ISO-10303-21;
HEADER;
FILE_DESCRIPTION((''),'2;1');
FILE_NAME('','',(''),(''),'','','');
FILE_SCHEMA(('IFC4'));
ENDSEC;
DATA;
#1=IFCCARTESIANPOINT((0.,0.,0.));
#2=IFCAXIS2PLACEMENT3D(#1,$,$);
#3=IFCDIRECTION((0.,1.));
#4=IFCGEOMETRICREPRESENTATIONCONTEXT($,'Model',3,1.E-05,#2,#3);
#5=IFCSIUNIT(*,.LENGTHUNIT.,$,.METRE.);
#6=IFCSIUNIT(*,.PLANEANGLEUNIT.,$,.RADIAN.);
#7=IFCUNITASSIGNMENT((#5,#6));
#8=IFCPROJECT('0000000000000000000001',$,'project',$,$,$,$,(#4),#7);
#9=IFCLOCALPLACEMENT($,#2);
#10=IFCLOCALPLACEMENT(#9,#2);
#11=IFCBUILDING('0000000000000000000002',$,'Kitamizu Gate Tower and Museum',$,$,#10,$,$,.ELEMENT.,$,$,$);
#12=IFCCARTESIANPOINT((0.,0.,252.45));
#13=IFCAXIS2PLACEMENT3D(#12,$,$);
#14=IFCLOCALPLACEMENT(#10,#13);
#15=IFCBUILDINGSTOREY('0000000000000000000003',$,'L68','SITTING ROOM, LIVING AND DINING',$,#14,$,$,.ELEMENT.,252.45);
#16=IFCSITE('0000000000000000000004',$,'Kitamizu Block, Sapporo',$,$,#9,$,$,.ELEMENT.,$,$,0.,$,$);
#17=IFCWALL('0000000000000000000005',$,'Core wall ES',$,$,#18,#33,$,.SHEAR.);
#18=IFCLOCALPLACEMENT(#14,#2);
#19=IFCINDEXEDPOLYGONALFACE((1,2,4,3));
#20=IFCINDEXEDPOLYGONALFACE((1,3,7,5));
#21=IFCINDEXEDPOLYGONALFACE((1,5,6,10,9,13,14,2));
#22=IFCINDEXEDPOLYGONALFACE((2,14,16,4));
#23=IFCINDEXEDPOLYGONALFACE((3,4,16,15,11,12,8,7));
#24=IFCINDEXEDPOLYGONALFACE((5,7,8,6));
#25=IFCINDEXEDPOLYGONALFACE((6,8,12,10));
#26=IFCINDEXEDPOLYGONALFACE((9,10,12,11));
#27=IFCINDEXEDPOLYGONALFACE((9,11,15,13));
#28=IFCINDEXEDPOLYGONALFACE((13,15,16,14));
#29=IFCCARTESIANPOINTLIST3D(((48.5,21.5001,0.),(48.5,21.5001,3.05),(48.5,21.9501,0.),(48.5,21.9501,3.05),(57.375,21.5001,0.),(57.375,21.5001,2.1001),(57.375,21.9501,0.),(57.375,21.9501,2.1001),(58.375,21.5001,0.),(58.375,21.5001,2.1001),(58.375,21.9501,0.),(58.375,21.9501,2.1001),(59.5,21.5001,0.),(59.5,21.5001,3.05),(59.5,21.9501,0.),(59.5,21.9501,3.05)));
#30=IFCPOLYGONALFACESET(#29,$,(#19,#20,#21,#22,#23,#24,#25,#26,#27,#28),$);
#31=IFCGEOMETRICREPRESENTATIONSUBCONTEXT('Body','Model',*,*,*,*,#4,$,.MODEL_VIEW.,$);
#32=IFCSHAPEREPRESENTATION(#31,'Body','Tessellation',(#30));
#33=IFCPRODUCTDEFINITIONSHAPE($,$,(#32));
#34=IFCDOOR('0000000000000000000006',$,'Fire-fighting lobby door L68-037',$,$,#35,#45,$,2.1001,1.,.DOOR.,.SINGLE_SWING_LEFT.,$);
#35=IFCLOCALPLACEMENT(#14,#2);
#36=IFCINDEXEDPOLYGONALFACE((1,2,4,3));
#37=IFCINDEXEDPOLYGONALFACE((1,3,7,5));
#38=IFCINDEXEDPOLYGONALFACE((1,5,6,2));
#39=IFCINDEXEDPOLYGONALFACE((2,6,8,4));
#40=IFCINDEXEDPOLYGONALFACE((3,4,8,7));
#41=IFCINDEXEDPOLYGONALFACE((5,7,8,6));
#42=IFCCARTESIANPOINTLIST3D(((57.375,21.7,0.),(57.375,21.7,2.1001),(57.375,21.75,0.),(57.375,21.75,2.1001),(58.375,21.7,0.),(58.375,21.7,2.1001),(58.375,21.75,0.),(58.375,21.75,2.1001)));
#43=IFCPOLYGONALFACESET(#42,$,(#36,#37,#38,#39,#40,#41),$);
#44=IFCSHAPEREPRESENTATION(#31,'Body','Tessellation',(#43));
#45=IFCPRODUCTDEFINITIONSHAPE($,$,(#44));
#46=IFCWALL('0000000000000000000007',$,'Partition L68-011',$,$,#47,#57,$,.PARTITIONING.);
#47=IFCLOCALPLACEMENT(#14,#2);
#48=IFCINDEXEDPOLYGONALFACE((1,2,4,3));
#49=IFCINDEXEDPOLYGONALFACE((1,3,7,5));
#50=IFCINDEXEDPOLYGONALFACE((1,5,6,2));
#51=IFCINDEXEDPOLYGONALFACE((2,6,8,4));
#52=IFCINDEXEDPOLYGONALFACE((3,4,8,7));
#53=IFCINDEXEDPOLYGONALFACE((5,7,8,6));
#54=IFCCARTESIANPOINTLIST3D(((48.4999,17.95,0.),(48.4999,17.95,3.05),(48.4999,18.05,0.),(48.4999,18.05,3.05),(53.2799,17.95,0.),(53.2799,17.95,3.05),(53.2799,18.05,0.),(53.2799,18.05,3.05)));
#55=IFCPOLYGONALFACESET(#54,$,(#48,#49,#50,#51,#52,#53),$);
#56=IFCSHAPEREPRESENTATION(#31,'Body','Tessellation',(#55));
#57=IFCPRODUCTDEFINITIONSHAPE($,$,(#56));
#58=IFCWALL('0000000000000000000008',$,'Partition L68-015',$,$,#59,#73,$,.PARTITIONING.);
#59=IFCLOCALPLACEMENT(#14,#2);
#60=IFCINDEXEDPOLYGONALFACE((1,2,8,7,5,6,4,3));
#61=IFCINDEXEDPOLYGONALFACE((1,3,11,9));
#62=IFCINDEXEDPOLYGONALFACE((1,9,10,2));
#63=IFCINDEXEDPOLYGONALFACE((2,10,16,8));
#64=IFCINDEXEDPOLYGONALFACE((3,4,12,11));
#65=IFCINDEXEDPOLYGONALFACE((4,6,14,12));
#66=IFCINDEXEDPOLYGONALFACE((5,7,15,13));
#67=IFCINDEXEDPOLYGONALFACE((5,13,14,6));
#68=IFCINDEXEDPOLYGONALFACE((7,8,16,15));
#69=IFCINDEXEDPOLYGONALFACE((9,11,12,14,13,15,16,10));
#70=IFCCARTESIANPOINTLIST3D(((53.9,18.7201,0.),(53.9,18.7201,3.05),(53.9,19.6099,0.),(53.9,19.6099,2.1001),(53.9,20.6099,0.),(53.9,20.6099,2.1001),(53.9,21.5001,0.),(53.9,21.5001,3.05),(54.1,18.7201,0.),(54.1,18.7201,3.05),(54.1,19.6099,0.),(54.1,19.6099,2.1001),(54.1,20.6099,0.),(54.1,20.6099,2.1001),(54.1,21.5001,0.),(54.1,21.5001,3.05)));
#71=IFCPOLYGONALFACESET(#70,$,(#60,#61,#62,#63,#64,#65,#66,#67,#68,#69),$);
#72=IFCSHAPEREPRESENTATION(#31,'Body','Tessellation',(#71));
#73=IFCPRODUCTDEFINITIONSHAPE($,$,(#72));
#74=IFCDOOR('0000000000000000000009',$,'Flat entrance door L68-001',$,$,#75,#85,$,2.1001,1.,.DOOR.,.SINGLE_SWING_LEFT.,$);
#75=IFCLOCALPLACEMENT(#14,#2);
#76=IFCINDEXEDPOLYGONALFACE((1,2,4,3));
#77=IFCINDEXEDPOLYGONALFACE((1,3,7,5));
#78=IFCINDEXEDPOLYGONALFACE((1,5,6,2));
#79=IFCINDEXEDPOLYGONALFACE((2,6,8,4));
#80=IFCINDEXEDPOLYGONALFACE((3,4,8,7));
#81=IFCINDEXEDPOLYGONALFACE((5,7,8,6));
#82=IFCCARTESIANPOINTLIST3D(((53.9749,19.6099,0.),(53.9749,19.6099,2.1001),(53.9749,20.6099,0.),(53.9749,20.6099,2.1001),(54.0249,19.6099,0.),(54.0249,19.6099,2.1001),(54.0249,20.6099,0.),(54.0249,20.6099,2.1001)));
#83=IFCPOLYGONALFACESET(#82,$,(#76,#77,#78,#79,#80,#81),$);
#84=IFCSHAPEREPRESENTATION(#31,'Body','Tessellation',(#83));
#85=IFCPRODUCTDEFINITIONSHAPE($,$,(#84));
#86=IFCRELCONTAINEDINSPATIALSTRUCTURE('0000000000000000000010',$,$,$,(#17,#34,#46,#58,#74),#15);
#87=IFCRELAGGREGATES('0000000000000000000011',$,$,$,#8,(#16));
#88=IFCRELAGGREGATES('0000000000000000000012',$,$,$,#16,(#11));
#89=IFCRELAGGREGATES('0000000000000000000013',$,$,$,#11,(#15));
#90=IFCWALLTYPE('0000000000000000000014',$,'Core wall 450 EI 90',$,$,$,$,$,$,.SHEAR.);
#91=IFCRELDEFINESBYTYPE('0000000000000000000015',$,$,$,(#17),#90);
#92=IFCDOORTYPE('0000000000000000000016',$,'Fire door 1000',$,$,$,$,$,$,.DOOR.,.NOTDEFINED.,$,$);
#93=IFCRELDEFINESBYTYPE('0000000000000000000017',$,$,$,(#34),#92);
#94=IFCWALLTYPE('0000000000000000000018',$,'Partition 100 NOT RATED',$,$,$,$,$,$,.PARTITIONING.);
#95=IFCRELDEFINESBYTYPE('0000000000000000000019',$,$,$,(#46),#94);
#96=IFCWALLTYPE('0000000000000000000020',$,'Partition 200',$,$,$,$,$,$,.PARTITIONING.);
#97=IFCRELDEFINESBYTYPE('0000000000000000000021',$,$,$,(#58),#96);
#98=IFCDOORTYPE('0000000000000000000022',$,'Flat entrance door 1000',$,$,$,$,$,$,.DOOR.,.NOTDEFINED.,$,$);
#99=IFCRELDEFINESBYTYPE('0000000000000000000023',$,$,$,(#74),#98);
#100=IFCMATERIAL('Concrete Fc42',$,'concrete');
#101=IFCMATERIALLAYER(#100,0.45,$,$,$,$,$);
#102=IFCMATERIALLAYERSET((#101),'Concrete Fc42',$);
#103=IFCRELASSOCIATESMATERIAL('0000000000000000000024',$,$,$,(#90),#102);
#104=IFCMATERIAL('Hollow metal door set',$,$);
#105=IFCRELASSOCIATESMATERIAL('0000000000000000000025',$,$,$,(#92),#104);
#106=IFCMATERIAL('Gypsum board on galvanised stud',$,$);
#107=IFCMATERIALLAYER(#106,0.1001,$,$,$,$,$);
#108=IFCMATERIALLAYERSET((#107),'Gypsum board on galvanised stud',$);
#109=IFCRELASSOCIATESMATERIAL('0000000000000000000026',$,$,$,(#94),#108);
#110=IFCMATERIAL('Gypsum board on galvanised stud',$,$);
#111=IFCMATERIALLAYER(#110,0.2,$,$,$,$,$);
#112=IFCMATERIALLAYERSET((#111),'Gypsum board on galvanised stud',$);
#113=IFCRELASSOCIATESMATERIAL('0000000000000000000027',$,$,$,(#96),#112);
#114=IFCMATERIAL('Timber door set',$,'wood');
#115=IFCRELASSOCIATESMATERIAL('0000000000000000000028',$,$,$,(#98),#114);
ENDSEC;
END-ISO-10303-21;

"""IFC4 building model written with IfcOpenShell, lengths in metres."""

from ifc_helpers import new_model, si_unit, direction, frame, frame_2d, origin, place, context, subcontext, project, spatial, rectangle, extrude, material, layer, layer_set, type_object, element, fill, save


model = new_model("IFC4")

# Units and contexts
model_context = context("Model", 3, precision=1e-05, world=origin(), true_north=direction((0.0, 1.0)))
body_context = subcontext(model_context, "Body", "Model", "MODEL_VIEW")
ifc_project = project(units=[si_unit("LENGTHUNIT", "METRE"), si_unit("PLANEANGLEUNIT", "RADIAN")], contexts=[model_context])

# Site, building, storey
site_placement = place(None, origin())
site = spatial("IfcSite", under=ifc_project, at=site_placement, Name="Kitamizu Block, Sapporo", CompositionType="ELEMENT", RefElevation=0.0)
building_placement = place(site_placement, origin())
building = spatial("IfcBuilding", under=site, at=building_placement, Name="Kitamizu Gate Tower and Museum", CompositionType="ELEMENT")
storey_placement = place(building_placement, frame((0.0, 0.0, 252.45)))
storey = spatial("IfcBuildingStorey", under=building, at=storey_placement, Name="L68", Description="SITTING ROOM, LIVING AND DINING", CompositionType="ELEMENT", Elevation=252.45)

# Wall, opening, door
ifc_material_1 = material(Name="Concrete Fc42", Category="concrete")
ifc_layer_1 = layer(ifc_material_1, 0.45)
ifc_layer_set_1 = layer_set([ifc_layer_1], Name="Concrete Fc42")
wall_type_1 = type_object("IfcWallType", Name="Core wall 450 EI 90", PredefinedType="SHEAR", material=ifc_layer_set_1)
wall_1_placement = place(storey_placement, frame((59.5, 21.7251, 0.0), z_axis=(0.0, 0.0, 1.0), x_axis=(-1.0, 0.0, 0.0)))
wall_1 = element("IfcWall", 1, at=wall_1_placement, inside=storey, type_object=wall_type_1, Name="Core wall ES", PredefinedType="SHEAR", context=body_context, shape_type="SweptSolid", body=[
    extrude(rectangle(XDim=11.0, YDim=0.45, at=frame_2d((5.5, 0.0))), origin(), (0.0, 0.0, 1.0), 3.05),
])
opening_1_placement = place(wall_1_placement, frame((1.125, 0.0, 0.0)))
opening_1 = element("IfcOpeningElement", 2, at=opening_1_placement, cuts=wall_1, PredefinedType="OPENING", context=body_context, shape_type="SweptSolid", body=[
    extrude(rectangle(XDim=1.0, YDim=2.1001, at=frame_2d((0.5, 1.05))), frame((0.0, 0.2349, 0.0), z_axis=(0.0, -1.0, 0.0), x_axis=(1.0, 0.0, 0.0)), (0.0, 0.0, 1.0), 0.47),
])
ifc_material_2 = material(Name="Hollow metal door set")
door_type_1 = type_object("IfcDoorType", Name="Fire door 1000", OperationType="NOTDEFINED", PredefinedType="DOOR", material=ifc_material_2)
door_1_placement = place(opening_1_placement, frame((1.0, 0.0, 0.0), x_axis=(-1.0, 0.0, 0.0)))
door_1 = element("IfcDoor", 3, at=door_1_placement, inside=storey, type_object=door_type_1, Name="Fire-fighting lobby door L68-037", OperationType="SINGLE_SWING_LEFT", OverallHeight=2.1001, OverallWidth=1.0, PredefinedType="DOOR", context=body_context, shape_type="SweptSolid", body=[
    extrude(rectangle(XDim=1.0, YDim=2.1001, at=frame_2d((0.5, 1.05))), frame((0.0, 0.0249, 0.0), z_axis=(0.0, -1.0, 0.0), x_axis=(1.0, 0.0, 0.0)), (0.0, 0.0, 1.0), 0.05),
])
fill(opening_1, door_1)

# Wall
ifc_material_3 = material(Name="Gypsum board on galvanised stud")
ifc_layer_2 = layer(ifc_material_3, 0.1001)
ifc_layer_set_2 = layer_set([ifc_layer_2], Name="Gypsum board on galvanised stud")
wall_type_2 = type_object("IfcWallType", Name="Partition 100 NOT RATED", PredefinedType="PARTITIONING", material=ifc_layer_set_2)
wall_2_placement = place(storey_placement, frame((53.28, 18.0, 0.0), z_axis=(0.0, 0.0, 1.0), x_axis=(-1.0, 0.0, 0.0)))
element("IfcWall", 4, at=wall_2_placement, inside=storey, type_object=wall_type_2, Name="Partition L68-011", PredefinedType="PARTITIONING", context=body_context, shape_type="SweptSolid", body=[
    extrude(rectangle(XDim=4.78, YDim=0.1001, at=frame_2d((2.3901, 0.0))), origin(), (0.0, 0.0, 1.0), 3.05),
])

# Wall, opening, door
ifc_material_4 = material(Name="Gypsum board on galvanised stud")
ifc_layer_3 = layer(ifc_material_4, 0.2)
ifc_layer_set_3 = layer_set([ifc_layer_3], Name="Gypsum board on galvanised stud")
wall_type_3 = type_object("IfcWallType", Name="Partition 200", PredefinedType="PARTITIONING", material=ifc_layer_set_3)
wall_3_placement = place(storey_placement, frame((54.0, 18.72, 0.0), z_axis=(0.0, 0.0, 1.0), x_axis=(0.0, 1.0, 0.0)))
wall_3 = element("IfcWall", 5, at=wall_3_placement, inside=storey, type_object=wall_type_3, Name="Partition L68-015", PredefinedType="PARTITIONING", context=body_context, shape_type="SweptSolid", body=[
    extrude(rectangle(XDim=2.78, YDim=0.2, at=frame_2d((1.3901, 0.0))), origin(), (0.0, 0.0, 1.0), 3.05),
])
opening_2_placement = place(wall_3_placement, frame((0.8899, 0.0, 0.0)))
opening_2 = element("IfcOpeningElement", 6, at=opening_2_placement, cuts=wall_3, PredefinedType="OPENING", context=body_context, shape_type="SweptSolid", body=[
    extrude(rectangle(XDim=1.0, YDim=2.1001, at=frame_2d((0.5, 1.05))), frame((0.0, 0.1099, 0.0), z_axis=(0.0, -1.0, 0.0), x_axis=(1.0, 0.0, 0.0)), (0.0, 0.0, 1.0), 0.22),
])
ifc_material_5 = material(Name="Timber door set", Category="wood")
door_type_2 = type_object("IfcDoorType", Name="Flat entrance door 1000", OperationType="NOTDEFINED", PredefinedType="DOOR", material=ifc_material_5)
door_2_placement = place(opening_2_placement, frame((1.0, 0.0, 0.0), x_axis=(-1.0, 0.0, 0.0)))
door_2 = element("IfcDoor", 7, at=door_2_placement, inside=storey, type_object=door_type_2, Name="Flat entrance door L68-001", OperationType="SINGLE_SWING_LEFT", OverallHeight=2.1001, OverallWidth=1.0, PredefinedType="DOOR", context=body_context, shape_type="SweptSolid", body=[
    extrude(rectangle(XDim=1.0, YDim=2.1001, at=frame_2d((0.5, 1.05))), frame((0.0, 0.0249, 0.0), z_axis=(0.0, -1.0, 0.0), x_axis=(1.0, 0.0, 0.0)), (0.0, 0.0, 1.0), 0.05),
])
fill(opening_2, door_2)

save(model, "model.ifc")
